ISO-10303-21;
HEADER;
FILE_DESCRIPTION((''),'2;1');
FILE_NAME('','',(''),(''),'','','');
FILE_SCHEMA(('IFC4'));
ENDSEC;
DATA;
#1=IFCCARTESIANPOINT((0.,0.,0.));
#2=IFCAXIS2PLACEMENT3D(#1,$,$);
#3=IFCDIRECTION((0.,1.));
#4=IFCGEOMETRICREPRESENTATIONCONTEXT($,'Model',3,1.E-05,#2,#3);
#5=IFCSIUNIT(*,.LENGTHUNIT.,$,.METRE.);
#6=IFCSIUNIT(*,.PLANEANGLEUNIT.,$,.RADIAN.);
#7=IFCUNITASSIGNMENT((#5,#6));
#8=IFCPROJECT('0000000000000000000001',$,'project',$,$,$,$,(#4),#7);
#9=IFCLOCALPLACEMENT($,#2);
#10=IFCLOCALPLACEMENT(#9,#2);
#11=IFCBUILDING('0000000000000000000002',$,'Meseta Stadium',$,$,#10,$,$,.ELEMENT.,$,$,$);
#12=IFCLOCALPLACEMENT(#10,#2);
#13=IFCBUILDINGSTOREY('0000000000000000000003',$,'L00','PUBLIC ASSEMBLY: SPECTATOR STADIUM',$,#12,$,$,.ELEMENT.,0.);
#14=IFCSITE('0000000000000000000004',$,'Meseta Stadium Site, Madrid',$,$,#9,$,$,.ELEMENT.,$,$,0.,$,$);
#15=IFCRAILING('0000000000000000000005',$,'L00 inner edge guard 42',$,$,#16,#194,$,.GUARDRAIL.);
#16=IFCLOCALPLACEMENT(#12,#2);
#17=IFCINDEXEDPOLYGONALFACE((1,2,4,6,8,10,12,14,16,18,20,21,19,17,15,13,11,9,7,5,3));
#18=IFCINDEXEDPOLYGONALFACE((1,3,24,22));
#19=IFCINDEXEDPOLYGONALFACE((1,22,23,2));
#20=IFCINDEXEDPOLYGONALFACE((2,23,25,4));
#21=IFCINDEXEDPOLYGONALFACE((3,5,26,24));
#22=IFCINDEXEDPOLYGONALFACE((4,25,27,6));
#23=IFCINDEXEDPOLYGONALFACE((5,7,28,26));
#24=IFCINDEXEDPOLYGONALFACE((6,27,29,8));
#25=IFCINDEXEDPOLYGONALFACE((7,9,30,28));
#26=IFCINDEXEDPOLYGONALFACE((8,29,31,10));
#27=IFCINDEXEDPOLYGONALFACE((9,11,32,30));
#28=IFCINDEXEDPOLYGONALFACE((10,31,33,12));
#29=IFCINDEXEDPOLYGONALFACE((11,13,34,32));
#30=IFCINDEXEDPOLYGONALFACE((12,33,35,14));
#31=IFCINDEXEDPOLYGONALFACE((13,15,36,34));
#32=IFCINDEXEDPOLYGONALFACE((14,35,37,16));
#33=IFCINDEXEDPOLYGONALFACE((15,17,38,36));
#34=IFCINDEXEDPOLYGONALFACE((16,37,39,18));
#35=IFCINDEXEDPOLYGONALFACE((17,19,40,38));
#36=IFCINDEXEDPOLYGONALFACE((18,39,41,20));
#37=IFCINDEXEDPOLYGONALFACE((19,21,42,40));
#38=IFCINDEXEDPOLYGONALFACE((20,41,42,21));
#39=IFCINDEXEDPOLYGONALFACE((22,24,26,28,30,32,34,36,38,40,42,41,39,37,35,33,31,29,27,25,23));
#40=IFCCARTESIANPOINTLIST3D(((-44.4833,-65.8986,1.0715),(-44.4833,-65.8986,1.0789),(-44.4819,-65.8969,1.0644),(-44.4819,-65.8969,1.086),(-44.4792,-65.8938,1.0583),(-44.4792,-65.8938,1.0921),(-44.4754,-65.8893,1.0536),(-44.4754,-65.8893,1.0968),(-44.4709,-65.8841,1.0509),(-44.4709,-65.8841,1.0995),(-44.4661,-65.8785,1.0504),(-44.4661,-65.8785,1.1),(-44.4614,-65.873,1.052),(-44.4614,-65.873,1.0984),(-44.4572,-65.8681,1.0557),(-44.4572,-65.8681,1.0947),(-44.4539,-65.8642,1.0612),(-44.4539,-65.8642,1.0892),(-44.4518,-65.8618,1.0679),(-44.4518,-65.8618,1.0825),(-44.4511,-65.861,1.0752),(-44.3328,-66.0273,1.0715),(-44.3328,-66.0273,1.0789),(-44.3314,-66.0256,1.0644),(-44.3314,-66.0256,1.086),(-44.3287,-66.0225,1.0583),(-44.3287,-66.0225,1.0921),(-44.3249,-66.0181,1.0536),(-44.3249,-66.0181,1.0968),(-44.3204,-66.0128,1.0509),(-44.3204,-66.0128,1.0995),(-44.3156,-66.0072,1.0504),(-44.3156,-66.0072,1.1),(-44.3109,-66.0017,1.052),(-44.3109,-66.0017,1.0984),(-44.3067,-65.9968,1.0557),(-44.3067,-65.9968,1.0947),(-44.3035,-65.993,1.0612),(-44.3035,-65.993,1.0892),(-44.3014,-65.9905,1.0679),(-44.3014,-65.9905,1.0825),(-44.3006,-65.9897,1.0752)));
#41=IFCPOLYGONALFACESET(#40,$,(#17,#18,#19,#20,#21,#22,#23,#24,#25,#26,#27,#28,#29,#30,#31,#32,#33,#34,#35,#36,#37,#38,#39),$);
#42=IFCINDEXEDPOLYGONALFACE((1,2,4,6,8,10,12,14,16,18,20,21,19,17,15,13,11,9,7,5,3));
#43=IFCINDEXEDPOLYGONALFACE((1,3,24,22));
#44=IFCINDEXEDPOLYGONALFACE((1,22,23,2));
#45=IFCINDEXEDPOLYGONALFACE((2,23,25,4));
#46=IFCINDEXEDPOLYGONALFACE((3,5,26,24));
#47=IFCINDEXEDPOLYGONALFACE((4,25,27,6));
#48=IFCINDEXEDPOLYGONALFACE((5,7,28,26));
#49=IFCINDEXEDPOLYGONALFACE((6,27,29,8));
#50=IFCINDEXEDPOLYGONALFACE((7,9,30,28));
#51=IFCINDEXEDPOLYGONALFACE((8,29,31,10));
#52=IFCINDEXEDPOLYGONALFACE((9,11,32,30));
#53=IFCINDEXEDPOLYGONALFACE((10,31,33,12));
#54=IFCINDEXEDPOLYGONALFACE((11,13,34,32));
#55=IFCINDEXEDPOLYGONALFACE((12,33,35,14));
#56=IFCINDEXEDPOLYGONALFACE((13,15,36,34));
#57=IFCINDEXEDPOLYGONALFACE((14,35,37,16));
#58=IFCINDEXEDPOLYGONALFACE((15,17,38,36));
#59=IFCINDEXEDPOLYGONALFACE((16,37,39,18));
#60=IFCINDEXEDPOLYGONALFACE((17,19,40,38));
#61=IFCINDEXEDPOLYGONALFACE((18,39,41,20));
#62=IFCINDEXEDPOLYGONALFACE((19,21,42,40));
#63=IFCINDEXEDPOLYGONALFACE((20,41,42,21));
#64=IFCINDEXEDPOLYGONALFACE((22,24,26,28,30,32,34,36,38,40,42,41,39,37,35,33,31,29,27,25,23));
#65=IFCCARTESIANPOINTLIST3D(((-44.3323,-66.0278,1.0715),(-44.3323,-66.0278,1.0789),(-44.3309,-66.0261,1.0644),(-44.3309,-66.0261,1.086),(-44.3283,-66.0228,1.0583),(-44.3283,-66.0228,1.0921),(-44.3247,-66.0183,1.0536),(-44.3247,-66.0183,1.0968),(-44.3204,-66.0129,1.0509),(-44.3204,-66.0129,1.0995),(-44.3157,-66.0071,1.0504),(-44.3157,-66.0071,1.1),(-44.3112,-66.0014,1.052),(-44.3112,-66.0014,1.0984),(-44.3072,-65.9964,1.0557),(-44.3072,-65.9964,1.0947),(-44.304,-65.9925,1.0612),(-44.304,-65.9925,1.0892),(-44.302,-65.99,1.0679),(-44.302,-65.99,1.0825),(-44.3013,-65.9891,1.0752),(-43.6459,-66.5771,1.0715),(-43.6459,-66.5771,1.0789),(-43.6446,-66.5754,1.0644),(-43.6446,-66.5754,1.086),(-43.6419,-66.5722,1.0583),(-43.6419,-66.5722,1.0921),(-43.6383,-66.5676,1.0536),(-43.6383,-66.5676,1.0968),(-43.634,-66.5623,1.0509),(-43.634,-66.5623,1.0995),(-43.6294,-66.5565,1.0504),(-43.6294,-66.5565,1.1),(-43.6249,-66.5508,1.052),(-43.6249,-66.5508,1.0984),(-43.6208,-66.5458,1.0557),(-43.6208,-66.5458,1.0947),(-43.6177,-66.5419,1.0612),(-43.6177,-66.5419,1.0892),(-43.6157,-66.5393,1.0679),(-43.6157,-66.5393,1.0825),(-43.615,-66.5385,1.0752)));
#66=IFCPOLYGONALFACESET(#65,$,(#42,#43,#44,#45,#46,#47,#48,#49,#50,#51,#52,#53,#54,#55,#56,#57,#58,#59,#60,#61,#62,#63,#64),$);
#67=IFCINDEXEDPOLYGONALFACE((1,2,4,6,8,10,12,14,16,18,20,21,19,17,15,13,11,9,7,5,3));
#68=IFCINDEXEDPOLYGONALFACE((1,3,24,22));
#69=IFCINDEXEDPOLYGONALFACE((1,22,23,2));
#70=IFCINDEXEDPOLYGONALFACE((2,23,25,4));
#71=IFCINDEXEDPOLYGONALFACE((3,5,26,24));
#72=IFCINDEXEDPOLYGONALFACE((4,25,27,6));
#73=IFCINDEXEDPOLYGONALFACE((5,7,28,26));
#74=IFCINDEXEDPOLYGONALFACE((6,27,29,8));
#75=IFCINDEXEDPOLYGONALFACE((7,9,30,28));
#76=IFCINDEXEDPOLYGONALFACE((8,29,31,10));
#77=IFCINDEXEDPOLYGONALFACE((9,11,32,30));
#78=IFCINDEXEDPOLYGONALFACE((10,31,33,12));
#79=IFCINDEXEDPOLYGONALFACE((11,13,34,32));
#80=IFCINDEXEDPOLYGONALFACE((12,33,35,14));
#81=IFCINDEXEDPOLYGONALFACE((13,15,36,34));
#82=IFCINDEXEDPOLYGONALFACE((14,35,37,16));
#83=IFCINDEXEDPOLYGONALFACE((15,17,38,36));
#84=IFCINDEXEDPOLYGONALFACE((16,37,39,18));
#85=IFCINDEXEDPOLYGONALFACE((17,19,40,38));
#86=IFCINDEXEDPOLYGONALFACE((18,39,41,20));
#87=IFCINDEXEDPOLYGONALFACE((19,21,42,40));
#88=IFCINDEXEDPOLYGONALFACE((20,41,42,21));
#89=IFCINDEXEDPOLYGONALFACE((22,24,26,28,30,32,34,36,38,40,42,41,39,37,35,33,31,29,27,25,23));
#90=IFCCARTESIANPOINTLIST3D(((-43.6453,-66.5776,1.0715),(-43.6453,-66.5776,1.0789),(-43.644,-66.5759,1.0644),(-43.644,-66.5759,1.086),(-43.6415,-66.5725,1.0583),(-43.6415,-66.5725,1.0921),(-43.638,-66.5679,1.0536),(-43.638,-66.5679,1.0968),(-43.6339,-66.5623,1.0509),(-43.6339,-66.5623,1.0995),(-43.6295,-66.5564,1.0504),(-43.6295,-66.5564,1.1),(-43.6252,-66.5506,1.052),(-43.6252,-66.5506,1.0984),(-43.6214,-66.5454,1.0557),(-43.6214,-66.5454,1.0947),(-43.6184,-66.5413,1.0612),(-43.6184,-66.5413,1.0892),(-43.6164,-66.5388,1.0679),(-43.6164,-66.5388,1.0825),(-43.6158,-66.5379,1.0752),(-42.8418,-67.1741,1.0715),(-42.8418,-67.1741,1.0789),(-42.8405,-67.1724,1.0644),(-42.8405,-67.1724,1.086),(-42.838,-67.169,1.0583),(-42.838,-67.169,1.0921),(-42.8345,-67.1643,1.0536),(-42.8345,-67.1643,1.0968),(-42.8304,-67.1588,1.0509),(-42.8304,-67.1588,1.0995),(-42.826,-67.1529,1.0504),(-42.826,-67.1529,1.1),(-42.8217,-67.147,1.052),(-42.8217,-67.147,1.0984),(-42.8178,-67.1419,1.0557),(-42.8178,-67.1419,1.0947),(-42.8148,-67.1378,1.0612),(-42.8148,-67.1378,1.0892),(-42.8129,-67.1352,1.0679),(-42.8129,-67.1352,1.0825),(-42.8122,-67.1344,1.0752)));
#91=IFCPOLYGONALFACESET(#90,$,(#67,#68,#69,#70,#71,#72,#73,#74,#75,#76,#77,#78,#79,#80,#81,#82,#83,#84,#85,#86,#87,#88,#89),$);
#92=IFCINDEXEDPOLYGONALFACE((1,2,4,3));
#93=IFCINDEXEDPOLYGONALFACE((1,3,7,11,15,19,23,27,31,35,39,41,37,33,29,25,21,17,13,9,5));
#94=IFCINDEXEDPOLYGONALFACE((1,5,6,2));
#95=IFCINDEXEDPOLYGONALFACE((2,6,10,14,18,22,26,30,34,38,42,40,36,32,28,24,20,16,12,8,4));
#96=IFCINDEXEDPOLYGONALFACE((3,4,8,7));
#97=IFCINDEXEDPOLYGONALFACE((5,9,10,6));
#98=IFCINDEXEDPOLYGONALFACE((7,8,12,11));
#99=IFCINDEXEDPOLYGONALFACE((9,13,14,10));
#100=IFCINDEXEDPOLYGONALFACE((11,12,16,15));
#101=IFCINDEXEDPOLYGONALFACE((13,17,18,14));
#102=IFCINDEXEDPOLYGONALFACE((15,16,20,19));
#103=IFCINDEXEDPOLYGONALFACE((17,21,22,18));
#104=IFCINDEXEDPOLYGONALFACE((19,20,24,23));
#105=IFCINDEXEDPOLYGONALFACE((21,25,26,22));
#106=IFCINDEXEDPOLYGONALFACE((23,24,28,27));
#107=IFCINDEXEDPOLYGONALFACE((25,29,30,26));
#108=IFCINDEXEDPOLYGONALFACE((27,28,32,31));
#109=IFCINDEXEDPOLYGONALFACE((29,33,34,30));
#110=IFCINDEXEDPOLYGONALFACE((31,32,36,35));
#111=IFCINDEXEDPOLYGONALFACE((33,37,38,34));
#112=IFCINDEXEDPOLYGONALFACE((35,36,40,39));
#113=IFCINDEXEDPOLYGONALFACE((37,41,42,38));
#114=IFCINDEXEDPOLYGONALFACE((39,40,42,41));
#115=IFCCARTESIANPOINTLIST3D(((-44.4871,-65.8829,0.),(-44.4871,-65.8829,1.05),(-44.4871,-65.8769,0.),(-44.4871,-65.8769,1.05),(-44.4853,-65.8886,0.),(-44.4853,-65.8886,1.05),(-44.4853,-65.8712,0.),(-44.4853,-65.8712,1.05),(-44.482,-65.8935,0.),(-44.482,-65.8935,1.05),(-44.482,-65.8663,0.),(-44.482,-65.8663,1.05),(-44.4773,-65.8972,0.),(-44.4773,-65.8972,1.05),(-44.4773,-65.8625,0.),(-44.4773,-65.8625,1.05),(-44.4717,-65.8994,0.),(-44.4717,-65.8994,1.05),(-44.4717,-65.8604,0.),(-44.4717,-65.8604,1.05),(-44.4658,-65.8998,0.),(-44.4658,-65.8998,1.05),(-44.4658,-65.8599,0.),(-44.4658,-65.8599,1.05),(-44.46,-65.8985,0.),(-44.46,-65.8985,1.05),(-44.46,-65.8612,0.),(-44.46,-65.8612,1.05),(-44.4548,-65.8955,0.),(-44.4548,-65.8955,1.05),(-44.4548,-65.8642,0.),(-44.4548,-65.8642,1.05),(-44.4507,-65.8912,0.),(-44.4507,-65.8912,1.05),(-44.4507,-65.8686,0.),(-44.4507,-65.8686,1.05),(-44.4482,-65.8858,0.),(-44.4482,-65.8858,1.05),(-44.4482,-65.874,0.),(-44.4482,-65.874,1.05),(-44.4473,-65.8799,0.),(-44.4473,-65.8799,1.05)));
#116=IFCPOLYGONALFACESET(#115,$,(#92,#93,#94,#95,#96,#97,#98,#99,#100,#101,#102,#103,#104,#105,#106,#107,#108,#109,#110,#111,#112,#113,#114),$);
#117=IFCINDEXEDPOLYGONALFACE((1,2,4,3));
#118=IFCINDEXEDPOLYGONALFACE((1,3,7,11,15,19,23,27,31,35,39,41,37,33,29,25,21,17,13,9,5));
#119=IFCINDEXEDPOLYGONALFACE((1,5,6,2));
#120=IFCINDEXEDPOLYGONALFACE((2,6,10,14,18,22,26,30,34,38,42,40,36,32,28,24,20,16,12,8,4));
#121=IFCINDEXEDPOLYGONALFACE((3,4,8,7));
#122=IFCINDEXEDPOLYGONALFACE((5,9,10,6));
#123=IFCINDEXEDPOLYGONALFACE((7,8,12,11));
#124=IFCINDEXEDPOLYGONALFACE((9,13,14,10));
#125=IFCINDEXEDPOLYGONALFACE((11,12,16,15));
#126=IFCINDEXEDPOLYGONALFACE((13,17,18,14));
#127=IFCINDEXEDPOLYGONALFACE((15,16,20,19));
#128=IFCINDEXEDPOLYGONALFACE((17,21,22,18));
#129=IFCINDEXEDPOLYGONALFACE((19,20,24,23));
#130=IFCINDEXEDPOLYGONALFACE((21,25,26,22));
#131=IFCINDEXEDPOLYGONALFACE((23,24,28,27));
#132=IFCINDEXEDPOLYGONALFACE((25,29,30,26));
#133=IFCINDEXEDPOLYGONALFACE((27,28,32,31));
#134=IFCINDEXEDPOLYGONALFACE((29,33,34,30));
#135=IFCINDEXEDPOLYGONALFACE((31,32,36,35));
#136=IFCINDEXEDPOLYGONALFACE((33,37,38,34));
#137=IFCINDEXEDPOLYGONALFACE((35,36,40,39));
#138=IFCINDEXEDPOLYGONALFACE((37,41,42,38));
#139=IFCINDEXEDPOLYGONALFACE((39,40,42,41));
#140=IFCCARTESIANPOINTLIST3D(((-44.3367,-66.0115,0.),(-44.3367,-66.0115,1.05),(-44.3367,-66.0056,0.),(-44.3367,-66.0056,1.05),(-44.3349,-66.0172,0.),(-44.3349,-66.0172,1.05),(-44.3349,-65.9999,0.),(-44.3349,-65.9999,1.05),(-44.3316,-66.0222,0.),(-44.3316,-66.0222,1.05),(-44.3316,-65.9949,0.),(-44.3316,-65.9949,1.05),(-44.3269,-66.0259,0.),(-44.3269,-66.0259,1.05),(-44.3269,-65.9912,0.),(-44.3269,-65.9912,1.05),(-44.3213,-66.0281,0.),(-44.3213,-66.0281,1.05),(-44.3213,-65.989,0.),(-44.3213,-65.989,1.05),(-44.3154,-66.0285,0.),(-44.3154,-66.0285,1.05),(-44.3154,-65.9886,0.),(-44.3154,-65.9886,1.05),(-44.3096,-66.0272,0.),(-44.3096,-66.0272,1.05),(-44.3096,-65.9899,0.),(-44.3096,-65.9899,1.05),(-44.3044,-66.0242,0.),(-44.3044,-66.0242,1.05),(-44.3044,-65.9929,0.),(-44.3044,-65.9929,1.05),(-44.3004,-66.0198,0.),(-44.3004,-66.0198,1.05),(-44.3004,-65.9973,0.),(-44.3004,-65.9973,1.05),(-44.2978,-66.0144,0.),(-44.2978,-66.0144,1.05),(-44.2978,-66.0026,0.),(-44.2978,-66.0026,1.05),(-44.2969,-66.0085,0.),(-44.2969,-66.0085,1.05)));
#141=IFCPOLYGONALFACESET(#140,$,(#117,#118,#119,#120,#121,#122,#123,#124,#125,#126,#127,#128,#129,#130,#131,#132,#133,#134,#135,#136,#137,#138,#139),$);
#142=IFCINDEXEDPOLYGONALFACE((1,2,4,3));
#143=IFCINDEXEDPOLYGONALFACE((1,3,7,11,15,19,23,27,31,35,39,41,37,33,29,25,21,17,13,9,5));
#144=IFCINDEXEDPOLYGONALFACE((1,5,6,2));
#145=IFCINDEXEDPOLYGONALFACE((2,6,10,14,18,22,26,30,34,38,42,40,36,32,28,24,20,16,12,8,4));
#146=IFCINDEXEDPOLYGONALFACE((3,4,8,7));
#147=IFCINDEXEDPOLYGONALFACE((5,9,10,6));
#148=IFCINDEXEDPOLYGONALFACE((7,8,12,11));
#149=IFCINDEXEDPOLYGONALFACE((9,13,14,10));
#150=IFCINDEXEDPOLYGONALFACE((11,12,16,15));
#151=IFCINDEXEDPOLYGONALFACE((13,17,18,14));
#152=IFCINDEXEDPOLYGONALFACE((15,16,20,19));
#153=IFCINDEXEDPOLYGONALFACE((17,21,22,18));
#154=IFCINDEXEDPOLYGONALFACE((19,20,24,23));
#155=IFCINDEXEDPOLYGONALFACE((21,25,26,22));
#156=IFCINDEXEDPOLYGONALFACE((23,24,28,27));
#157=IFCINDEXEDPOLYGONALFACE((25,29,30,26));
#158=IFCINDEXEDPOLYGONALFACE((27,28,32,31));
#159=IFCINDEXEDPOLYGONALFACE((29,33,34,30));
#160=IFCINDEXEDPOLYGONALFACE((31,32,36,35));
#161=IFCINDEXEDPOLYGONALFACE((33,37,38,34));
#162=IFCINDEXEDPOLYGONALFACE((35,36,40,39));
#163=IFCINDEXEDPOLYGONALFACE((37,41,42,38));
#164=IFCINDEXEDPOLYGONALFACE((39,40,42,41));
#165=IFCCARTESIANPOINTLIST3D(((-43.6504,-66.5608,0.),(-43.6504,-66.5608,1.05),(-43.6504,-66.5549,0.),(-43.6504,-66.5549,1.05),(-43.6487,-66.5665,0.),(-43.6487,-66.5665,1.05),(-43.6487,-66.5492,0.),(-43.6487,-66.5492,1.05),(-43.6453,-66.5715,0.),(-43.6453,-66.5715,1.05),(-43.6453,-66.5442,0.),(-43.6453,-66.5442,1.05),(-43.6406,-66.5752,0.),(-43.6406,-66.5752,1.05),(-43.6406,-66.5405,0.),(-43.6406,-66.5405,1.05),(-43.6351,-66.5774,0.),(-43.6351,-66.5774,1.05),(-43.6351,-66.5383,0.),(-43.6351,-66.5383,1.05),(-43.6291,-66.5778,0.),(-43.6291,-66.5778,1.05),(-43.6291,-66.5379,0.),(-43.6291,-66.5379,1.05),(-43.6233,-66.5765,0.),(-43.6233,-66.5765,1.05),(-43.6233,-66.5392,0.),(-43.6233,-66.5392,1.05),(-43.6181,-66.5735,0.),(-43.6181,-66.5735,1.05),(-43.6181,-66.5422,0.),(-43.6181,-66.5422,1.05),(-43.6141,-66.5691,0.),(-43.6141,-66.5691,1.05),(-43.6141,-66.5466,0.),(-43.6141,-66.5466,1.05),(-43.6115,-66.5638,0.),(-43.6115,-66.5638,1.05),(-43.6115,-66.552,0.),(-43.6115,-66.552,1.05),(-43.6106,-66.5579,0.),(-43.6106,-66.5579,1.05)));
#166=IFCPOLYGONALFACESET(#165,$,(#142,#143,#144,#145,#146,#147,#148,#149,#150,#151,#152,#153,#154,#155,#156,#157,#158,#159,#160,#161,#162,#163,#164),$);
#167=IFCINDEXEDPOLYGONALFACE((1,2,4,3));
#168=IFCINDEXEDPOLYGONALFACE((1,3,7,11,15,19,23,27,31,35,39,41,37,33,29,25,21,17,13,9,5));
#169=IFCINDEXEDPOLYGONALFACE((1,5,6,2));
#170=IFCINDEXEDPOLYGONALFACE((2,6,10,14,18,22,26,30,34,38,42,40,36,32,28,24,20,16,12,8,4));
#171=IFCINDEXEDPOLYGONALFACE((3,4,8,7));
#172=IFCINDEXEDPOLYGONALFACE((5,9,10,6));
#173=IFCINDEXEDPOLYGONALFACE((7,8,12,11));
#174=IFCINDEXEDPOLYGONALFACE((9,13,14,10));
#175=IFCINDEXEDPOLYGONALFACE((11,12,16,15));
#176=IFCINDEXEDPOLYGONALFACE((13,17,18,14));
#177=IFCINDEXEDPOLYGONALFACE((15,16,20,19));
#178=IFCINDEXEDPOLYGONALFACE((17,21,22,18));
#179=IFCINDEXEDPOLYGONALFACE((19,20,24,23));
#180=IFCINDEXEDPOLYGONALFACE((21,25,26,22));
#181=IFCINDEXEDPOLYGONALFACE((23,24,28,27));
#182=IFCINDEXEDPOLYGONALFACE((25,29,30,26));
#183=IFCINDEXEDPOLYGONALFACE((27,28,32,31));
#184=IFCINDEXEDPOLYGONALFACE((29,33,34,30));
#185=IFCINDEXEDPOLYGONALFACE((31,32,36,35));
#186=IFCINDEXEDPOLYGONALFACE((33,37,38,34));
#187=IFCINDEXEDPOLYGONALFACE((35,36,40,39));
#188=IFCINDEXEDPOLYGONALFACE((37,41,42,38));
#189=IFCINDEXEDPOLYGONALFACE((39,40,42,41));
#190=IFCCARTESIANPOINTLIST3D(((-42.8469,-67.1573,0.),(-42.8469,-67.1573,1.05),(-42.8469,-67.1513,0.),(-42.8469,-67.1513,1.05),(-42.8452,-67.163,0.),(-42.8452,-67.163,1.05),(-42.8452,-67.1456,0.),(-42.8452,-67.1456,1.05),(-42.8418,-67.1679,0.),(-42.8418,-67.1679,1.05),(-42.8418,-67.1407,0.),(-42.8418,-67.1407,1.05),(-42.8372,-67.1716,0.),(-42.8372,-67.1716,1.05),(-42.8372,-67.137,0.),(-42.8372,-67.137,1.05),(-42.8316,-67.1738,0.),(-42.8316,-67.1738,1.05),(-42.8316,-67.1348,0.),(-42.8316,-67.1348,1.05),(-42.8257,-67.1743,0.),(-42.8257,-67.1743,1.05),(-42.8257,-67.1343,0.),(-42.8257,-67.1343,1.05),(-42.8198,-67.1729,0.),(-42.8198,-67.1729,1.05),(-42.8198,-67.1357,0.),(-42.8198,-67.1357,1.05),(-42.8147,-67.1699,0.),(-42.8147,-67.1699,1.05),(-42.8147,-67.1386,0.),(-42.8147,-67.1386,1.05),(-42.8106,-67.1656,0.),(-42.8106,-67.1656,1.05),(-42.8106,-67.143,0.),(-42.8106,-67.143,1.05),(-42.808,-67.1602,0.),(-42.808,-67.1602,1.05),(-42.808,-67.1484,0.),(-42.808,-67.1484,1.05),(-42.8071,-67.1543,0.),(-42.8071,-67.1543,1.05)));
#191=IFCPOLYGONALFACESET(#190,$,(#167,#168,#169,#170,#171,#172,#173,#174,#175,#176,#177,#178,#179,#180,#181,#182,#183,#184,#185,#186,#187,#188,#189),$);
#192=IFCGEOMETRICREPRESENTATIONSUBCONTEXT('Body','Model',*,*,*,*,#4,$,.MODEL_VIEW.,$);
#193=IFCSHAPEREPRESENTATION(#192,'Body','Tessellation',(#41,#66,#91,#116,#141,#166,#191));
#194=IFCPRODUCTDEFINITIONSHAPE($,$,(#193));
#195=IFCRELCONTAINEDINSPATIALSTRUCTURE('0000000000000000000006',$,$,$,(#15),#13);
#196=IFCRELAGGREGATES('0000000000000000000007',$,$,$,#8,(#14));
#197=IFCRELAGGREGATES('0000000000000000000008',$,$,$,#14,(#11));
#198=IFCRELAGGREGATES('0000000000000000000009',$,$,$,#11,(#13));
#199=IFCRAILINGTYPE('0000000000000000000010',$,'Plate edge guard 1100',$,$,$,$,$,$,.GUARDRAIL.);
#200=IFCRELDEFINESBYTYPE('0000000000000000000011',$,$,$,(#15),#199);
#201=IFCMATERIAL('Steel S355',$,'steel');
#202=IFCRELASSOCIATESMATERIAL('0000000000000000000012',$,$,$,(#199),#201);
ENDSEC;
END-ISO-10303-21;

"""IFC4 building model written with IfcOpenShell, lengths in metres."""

from ifc_helpers import new_model, si_unit, direction, frame, origin, origin_2d, place, context, subcontext, project, spatial, circle, extrude, material, type_object, element, save


model = new_model("IFC4")

# Units and contexts
model_context = context("Model", 3, precision=1e-05, world=origin(), true_north=direction((0.0, 1.0)))
body_context = subcontext(model_context, "Body", "Model", "MODEL_VIEW")
ifc_project = project(units=[si_unit("LENGTHUNIT", "METRE"), si_unit("PLANEANGLEUNIT", "RADIAN")], contexts=[model_context])

# Site, building, storey
site_placement = place(None, origin())
site = spatial("IfcSite", under=ifc_project, at=site_placement, Name="Meseta Stadium Site, Madrid", CompositionType="ELEMENT", RefElevation=0.0)
building_placement = place(site_placement, origin())
building = spatial("IfcBuilding", under=site, at=building_placement, Name="Meseta Stadium", CompositionType="ELEMENT")
storey_placement = place(building_placement, origin())
storey = spatial("IfcBuildingStorey", under=building, at=storey_placement, Name="L00", Description="PUBLIC ASSEMBLY: SPECTATOR STADIUM", CompositionType="ELEMENT", Elevation=0.0)

# Railing
ifc_material_1 = material(Name="Steel S355", Category="steel")
railing_type_1 = type_object("IfcRailingType", Name="Plate edge guard 1100", PredefinedType="GUARDRAIL", material=ifc_material_1)
railing_1_placement = place(storey_placement, frame((-44.4673, -65.8799, 0.0)))
element("IfcRailing", 1, at=railing_1_placement, inside=storey, type_object=railing_type_1, Name="L00 inner edge guard 42", PredefinedType="GUARDRAIL", context=body_context, shape_type="SweptSolid", body=[
    extrude(circle(Radius=0.0249, at=origin_2d()), frame((0.0, 0.0, 1.0752), z_axis=(0.759866, -0.65008, 0.0), x_axis=(0.65008, 0.759866, 0.0)), (0.0, 0.0, 1.0), 0.198),
    extrude(circle(Radius=0.0249, at=origin_2d()), frame((0.1504, -0.1287, 1.0752), z_axis=(0.780706, -0.624898, 0.0), x_axis=(0.624898, 0.780706, 0.0)), (0.0, 0.0, 1.0), 0.8792),
    extrude(circle(Radius=0.0249, at=origin_2d()), frame((0.8367, -0.678, 1.0752), z_axis=(0.802947, -0.59605, 0.0), x_axis=(0.59605, 0.802947, 0.0)), (0.0, 0.0, 1.0), 1.0007),
    extrude(circle(Radius=0.02, at=origin_2d()), origin(), (0.0, 0.0, 1.0), 1.05),
    extrude(circle(Radius=0.02, at=origin_2d()), frame((0.1504, -0.1287, 0.0)), (0.0, 0.0, 1.0), 1.05),
    extrude(circle(Radius=0.02, at=origin_2d()), frame((0.8367, -0.678, 0.0)), (0.0, 0.0, 1.0), 1.05),
    extrude(circle(Radius=0.02, at=origin_2d()), frame((1.6401, -1.2744, 0.0)), (0.0, 0.0, 1.0), 1.05),
])

save(model, "model.ifc")
